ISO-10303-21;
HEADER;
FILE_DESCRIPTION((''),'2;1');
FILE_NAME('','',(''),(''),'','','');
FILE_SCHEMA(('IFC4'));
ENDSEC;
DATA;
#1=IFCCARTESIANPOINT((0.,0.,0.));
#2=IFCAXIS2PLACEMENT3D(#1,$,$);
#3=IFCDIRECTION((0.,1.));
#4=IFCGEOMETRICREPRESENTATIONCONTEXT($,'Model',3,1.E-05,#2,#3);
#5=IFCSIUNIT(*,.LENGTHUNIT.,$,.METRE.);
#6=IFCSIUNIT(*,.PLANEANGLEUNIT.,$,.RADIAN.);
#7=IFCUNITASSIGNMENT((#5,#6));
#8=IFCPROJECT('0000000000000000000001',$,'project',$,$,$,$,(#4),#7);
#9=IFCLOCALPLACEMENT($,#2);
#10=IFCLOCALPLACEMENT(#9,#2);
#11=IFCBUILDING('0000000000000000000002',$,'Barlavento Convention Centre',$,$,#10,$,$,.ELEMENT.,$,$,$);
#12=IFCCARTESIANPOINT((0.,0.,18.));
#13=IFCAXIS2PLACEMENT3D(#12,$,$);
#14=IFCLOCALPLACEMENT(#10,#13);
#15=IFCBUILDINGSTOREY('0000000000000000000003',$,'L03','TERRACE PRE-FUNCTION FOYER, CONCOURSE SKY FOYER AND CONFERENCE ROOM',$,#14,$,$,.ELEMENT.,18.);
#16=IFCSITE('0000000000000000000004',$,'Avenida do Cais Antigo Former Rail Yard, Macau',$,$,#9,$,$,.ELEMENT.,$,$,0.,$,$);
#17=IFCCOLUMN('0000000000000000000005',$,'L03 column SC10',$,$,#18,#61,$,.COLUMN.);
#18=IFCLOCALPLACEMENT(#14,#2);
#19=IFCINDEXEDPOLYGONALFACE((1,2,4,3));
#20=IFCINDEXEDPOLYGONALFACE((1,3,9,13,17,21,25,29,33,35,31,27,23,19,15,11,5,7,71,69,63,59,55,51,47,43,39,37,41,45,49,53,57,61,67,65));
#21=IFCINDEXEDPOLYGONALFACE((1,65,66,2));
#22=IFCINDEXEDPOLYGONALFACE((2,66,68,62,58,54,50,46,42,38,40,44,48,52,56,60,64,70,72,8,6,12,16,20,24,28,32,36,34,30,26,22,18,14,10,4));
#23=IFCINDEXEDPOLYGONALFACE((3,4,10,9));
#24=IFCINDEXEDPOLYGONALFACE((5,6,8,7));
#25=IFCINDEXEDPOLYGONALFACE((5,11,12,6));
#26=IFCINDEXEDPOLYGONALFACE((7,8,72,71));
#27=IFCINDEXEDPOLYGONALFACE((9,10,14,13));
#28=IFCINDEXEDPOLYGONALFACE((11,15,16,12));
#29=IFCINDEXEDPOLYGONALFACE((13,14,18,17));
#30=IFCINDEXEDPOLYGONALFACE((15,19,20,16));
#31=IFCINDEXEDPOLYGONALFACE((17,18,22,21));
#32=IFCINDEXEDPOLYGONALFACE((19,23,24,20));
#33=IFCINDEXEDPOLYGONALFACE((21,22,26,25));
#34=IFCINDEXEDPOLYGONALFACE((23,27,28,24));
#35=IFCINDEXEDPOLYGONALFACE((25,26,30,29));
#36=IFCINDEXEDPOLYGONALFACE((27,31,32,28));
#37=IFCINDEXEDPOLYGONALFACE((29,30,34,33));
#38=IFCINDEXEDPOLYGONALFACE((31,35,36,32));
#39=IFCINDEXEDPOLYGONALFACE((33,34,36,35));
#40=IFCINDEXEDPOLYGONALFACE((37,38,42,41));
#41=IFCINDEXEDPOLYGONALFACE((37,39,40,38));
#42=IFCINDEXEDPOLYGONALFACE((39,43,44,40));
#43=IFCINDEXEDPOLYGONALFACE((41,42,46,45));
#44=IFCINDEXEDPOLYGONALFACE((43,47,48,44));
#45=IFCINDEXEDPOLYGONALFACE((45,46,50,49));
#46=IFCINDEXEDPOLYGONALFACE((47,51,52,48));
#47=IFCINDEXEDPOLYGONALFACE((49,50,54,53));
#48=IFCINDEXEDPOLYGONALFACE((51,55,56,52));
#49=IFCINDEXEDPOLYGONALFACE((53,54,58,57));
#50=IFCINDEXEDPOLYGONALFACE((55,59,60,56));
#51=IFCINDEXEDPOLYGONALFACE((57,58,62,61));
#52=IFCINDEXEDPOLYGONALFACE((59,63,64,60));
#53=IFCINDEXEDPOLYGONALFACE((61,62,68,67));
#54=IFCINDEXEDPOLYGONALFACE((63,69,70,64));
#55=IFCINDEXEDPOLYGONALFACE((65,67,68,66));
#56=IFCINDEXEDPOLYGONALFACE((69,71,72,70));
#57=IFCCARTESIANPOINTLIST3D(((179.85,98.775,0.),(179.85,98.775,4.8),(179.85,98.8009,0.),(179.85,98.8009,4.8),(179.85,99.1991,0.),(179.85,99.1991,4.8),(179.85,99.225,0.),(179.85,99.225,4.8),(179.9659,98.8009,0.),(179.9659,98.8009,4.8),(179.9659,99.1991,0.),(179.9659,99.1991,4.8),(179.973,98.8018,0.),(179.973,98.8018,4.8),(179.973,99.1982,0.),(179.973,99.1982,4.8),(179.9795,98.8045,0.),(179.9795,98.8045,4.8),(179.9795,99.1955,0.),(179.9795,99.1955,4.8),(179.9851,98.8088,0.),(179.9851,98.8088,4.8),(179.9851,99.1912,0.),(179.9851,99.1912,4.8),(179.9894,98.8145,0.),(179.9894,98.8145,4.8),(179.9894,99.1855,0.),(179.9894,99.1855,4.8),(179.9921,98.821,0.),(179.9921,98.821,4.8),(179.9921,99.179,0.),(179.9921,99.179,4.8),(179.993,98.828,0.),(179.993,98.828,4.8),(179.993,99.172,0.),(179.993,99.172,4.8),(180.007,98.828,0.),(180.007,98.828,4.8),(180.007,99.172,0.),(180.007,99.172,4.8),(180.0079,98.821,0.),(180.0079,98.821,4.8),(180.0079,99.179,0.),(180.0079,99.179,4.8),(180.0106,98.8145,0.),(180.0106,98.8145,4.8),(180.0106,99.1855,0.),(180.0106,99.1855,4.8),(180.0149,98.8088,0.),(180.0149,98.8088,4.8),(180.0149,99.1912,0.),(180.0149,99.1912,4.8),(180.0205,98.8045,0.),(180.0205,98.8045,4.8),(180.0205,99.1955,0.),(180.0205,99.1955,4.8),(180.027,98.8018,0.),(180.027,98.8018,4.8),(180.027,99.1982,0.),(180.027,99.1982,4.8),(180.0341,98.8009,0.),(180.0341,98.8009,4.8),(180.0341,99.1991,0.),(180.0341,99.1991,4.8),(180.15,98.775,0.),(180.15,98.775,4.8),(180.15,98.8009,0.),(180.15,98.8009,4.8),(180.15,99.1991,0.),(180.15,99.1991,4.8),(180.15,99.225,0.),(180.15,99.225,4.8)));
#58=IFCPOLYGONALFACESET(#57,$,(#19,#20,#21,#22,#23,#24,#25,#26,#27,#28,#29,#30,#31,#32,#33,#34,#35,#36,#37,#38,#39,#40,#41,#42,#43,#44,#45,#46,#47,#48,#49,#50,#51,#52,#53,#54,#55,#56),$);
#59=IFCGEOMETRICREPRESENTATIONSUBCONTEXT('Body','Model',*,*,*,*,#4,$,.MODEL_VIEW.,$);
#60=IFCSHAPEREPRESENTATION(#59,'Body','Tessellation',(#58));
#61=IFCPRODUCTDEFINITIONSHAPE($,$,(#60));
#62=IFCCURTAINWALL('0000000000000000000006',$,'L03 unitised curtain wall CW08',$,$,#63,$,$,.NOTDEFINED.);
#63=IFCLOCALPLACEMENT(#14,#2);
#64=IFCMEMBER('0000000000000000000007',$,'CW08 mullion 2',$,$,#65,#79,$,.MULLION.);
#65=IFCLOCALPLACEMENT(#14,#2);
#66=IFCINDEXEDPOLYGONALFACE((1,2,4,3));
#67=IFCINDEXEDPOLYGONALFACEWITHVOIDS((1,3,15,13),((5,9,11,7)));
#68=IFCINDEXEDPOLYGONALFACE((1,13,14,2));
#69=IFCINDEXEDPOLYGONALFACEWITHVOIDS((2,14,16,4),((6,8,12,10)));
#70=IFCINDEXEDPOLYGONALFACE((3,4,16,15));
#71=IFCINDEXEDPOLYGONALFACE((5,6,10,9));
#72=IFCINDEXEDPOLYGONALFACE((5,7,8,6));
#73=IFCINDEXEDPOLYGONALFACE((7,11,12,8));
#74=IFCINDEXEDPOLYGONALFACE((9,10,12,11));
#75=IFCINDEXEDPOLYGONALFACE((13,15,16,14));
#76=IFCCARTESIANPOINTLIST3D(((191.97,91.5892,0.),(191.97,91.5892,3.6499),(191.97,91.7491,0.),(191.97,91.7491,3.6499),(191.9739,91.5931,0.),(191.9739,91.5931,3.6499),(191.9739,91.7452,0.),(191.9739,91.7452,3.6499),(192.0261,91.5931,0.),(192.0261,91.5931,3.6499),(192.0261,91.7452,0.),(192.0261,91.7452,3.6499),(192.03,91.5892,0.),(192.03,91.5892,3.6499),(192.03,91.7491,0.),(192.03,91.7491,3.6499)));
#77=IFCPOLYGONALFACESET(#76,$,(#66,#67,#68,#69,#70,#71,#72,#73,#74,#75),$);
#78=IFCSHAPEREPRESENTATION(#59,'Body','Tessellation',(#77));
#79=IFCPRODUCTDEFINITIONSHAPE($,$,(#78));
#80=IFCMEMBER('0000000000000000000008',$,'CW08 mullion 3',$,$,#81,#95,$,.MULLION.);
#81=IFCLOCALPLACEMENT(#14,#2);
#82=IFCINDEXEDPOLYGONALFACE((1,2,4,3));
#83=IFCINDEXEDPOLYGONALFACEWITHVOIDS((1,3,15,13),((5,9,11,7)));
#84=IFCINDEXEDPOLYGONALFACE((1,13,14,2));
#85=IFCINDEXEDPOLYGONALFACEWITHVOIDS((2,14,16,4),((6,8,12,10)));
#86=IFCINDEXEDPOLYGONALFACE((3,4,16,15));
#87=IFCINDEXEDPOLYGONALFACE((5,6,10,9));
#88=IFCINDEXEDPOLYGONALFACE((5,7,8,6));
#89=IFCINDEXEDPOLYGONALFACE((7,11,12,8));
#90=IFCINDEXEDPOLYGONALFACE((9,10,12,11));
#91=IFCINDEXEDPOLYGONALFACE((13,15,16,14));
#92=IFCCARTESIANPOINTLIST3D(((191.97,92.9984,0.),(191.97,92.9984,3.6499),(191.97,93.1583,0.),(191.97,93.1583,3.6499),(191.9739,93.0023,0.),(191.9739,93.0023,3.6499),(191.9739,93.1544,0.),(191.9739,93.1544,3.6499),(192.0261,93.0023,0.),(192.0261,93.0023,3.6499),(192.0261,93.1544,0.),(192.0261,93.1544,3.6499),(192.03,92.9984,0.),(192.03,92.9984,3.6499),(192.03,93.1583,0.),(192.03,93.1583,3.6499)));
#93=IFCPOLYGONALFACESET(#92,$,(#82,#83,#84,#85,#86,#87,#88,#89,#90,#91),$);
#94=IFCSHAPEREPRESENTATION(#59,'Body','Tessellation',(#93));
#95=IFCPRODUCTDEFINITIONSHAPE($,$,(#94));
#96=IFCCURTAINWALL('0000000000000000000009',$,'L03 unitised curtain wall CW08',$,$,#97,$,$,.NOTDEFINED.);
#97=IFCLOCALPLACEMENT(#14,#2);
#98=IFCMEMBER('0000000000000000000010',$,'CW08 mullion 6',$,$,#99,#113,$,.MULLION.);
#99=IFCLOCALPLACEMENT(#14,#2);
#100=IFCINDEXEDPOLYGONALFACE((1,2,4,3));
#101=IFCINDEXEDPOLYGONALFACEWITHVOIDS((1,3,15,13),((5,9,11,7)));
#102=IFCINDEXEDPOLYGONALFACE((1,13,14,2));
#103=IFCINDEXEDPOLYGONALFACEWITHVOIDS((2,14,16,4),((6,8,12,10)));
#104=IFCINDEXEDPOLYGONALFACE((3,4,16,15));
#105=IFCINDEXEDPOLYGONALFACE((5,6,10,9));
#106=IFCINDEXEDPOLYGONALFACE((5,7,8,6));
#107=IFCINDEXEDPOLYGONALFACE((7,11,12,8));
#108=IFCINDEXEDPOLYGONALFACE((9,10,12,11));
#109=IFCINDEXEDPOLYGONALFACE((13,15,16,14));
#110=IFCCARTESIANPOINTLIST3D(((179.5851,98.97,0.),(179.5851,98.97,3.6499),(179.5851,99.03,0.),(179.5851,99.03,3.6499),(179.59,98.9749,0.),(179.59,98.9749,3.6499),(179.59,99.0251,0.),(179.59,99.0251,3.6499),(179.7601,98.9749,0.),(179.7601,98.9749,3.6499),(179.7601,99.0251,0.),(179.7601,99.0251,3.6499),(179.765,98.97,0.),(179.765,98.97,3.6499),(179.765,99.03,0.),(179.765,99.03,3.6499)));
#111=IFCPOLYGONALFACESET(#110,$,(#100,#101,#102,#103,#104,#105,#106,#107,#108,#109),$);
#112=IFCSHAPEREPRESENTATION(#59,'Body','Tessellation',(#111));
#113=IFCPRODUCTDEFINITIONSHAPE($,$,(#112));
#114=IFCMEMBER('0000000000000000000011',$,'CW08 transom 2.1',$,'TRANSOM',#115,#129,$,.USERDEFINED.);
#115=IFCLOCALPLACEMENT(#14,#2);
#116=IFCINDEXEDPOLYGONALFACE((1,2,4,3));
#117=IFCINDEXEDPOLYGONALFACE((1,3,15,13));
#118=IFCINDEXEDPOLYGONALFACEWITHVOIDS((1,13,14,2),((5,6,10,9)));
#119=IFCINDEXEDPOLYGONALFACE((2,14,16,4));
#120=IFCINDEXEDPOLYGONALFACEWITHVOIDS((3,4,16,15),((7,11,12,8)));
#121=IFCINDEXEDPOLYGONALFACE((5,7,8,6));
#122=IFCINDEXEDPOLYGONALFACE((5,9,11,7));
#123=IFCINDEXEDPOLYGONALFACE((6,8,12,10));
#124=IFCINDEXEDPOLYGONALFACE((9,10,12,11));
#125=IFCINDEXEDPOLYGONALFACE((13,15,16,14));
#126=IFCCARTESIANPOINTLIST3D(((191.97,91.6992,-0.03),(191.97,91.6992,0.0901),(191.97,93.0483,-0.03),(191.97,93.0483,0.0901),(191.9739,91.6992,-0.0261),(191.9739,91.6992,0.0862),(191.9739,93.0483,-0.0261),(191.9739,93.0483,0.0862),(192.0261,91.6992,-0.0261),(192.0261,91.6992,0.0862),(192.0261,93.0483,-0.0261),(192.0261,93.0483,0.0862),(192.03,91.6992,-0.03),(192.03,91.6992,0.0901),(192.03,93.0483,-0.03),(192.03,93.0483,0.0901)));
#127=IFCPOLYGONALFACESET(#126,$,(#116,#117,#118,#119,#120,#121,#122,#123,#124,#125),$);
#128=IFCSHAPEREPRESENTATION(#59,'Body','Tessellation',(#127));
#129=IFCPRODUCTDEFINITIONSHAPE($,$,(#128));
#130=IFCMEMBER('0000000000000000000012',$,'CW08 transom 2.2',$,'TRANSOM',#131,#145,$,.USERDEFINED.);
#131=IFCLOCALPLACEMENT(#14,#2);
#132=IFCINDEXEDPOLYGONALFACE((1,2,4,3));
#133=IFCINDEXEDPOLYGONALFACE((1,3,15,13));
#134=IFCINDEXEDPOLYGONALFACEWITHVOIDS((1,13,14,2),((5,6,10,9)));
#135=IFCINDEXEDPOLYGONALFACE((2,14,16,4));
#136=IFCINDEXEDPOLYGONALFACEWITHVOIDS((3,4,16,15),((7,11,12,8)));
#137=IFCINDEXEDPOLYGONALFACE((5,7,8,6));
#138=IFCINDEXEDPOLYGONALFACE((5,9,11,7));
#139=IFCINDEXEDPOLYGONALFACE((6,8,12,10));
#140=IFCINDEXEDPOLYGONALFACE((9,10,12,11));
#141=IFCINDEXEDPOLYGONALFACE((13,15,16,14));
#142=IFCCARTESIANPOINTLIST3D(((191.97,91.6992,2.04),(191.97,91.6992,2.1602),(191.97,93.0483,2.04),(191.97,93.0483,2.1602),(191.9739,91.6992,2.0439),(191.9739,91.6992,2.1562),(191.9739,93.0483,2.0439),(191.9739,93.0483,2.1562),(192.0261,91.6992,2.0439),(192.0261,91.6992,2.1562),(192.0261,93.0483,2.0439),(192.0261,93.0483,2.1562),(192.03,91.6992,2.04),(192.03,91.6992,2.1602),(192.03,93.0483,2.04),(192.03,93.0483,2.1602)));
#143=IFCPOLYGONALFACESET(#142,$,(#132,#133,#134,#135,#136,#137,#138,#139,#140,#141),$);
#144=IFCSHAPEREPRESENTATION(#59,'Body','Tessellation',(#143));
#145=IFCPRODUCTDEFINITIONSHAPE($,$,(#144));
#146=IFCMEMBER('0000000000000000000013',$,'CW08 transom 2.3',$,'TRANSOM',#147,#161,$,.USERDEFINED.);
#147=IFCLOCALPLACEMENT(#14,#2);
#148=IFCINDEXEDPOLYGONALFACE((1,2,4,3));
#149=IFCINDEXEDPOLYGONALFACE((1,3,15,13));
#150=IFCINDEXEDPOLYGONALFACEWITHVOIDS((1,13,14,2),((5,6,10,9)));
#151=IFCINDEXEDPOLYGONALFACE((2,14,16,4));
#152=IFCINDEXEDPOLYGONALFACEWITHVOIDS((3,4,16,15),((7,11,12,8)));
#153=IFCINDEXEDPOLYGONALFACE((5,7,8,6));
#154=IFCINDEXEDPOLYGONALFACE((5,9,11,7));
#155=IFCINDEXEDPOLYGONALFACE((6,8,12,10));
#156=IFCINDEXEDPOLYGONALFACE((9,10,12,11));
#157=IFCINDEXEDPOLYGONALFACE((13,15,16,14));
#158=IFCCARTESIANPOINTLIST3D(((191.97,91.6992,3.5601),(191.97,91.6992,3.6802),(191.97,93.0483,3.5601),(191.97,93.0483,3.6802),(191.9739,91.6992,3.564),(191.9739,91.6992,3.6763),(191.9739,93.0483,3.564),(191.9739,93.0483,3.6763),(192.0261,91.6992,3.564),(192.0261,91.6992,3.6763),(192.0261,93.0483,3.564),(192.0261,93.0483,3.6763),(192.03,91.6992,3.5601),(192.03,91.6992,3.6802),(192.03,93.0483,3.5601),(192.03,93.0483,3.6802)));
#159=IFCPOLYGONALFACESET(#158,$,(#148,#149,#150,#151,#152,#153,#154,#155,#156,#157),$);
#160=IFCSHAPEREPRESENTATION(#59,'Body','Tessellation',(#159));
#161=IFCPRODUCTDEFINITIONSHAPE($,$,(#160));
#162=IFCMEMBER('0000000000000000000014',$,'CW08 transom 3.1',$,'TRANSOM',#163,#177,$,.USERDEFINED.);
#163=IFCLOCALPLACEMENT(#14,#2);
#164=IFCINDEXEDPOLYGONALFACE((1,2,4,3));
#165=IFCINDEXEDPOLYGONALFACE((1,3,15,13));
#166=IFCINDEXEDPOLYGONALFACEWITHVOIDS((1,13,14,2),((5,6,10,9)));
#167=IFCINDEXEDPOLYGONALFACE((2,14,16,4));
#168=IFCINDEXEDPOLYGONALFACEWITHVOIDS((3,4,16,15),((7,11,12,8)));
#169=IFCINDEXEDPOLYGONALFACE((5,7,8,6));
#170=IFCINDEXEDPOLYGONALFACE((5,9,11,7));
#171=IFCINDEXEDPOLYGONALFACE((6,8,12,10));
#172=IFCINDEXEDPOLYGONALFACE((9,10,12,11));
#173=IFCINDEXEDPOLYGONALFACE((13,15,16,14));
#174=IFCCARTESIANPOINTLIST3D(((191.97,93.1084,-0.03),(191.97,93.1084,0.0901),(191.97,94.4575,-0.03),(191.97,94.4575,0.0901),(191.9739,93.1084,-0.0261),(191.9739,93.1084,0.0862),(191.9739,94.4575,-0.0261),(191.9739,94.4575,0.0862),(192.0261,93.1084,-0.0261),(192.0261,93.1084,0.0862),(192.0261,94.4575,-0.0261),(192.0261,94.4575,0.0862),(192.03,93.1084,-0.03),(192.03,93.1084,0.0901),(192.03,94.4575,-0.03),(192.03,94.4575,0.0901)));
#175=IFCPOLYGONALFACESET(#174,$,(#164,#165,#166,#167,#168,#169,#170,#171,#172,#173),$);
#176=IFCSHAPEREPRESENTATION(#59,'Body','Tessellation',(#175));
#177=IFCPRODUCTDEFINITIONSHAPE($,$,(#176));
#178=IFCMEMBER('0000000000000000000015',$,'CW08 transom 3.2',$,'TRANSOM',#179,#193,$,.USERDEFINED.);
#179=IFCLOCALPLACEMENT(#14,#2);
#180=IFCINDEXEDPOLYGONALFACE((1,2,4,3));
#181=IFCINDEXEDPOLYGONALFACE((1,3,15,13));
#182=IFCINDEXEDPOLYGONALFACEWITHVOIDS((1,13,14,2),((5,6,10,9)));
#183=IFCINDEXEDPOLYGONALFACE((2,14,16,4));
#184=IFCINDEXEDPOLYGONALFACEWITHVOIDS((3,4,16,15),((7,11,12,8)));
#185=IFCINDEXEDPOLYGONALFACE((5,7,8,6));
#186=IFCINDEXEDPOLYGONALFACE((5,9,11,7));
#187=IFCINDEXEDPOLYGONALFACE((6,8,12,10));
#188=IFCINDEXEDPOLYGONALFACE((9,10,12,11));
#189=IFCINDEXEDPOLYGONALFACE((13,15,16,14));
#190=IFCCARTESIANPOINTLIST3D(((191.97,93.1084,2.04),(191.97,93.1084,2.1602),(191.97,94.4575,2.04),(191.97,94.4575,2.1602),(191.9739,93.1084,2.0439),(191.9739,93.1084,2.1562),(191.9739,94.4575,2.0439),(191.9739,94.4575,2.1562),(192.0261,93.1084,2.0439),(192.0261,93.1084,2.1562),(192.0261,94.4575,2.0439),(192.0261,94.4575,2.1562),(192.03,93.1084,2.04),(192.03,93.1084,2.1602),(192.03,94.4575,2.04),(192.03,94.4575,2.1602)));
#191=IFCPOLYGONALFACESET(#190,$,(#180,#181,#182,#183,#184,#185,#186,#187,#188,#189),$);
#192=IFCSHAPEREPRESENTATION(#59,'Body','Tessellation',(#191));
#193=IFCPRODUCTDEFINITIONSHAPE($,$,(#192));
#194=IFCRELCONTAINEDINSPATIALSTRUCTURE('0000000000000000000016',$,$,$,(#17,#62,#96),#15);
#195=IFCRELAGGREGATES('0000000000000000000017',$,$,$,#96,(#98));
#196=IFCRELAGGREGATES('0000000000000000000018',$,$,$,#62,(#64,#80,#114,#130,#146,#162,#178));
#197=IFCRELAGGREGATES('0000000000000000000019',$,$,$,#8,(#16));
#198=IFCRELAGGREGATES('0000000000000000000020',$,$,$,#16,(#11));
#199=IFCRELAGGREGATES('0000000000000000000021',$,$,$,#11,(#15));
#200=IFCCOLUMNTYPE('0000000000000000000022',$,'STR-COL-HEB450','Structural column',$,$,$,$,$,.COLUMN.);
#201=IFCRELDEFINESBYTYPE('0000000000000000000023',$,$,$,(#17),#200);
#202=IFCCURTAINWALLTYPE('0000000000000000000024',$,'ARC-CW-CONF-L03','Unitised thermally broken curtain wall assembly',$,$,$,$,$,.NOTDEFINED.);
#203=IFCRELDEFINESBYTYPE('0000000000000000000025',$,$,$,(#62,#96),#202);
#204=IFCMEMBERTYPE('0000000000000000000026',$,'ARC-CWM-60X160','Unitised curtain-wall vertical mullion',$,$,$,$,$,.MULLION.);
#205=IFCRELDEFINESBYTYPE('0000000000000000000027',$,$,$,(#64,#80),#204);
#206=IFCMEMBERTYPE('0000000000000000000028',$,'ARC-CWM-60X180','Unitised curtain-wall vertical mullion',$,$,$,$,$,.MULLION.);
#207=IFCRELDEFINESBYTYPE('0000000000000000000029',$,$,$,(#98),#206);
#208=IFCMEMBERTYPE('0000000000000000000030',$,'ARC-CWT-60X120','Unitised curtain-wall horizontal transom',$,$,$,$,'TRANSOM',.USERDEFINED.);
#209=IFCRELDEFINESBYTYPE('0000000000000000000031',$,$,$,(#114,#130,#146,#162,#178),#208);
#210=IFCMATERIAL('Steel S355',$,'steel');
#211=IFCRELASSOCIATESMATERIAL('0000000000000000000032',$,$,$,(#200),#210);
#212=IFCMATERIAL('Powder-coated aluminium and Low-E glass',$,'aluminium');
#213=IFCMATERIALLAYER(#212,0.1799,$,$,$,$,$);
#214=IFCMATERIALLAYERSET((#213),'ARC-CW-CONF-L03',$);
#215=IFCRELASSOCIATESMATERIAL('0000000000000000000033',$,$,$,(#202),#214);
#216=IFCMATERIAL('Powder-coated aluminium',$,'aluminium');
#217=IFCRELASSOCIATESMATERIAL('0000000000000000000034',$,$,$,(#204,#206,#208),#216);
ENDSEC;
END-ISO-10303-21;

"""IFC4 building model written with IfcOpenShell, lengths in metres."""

from ifc_helpers import new_model, si_unit, direction, frame, origin, origin_2d, place, context, subcontext, project, spatial, hollow_rectangle, i_section, extrude, material, layer, layer_set, material_profile, profile_set, type_object, element, aggregate, save


model = new_model("IFC4")

# Units and contexts
model_context = context("Model", 3, precision=1e-05, world=origin(), true_north=direction((0.0, 1.0)))
body_context = subcontext(model_context, "Body", "Model", "MODEL_VIEW")
ifc_project = project(units=[si_unit("LENGTHUNIT", "METRE"), si_unit("PLANEANGLEUNIT", "RADIAN")], contexts=[model_context])

# Site, building, storey
site_placement = place(None, origin())
site = spatial("IfcSite", under=ifc_project, at=site_placement, Name="Avenida do Cais Antigo Former Rail Yard, Macau", CompositionType="ELEMENT", RefElevation=0.0)
building_placement = place(site_placement, origin())
building = spatial("IfcBuilding", under=site, at=building_placement, Name="Barlavento Convention Centre", CompositionType="ELEMENT")
storey_placement = place(building_placement, frame((0.0, 0.0, 18.0)))
storey = spatial("IfcBuildingStorey", under=building, at=storey_placement, Name="L03", Description="TERRACE PRE-FUNCTION FOYER, CONCOURSE SKY FOYER AND CONFERENCE ROOM", CompositionType="ELEMENT", Elevation=18.0)

# Column
ifc_material_1 = material(Name="Steel S355", Category="steel")
ifc_material_profile_1 = material_profile(ifc_material_1, i_section(OverallWidth=0.3, OverallDepth=0.45, WebThickness=0.0139, FlangeThickness=0.0259, FilletRadius=0.0271, at=origin_2d()), Name="HEB 450")
ifc_profile_set_1 = profile_set([ifc_material_profile_1], Name="Steel S355")
column_type = type_object("IfcColumnType", Name="STR-COL-HEB450", Description="Structural column", PredefinedType="COLUMN", material=ifc_profile_set_1)
column_placement = place(storey_placement, frame((180.0, 99.0, 0.0), z_axis=(0.0, 0.0, 1.0), x_axis=(1.0, 0.0, 0.0)))
element("IfcColumn", 1, at=column_placement, inside=storey, type_object=column_type, Name="L03 column SC10", PredefinedType="COLUMN", context=body_context, shape_type="SweptSolid", body=[
    extrude(i_section(OverallWidth=0.3, OverallDepth=0.45, WebThickness=0.0139, FlangeThickness=0.0259, FilletRadius=0.0271, at=origin_2d()), origin(), (0.0, 0.0, 1.0), 4.8),
])

# Curtain wall, members
ifc_material_2 = material(Name="Powder-coated aluminium and Low-E glass", Category="aluminium")
ifc_layer_1 = layer(ifc_material_2, 0.1799)
ifc_layer_set_1 = layer_set([ifc_layer_1], Name="ARC-CW-CONF-L03")
curtain_wall_type = type_object("IfcCurtainWallType", Name="ARC-CW-CONF-L03", Description="Unitised thermally broken curtain wall assembly", PredefinedType="NOTDEFINED", material=ifc_layer_set_1)
curtain_wall_1_placement = place(storey_placement, origin())
curtain_wall_1 = element("IfcCurtainWall", 2, at=curtain_wall_1_placement, inside=storey, type_object=curtain_wall_type, Name="L03 unitised curtain wall CW08", PredefinedType="NOTDEFINED")
ifc_material_3 = material(Name="Powder-coated aluminium", Category="aluminium")
ifc_material_profile_2 = material_profile(ifc_material_3, hollow_rectangle(XDim=0.0601, YDim=0.1599, WallThickness=0.0039, at=origin_2d()), Name="AL-MULL 60x160x4")
ifc_profile_set_2 = profile_set([ifc_material_profile_2], Name="Powder-coated aluminium")
member_type_1 = type_object("IfcMemberType", Name="ARC-CWM-60X160", Description="Unitised curtain-wall vertical mullion", PredefinedType="MULLION", material=ifc_profile_set_2)
member_1_placement = place(storey_placement, frame((192.0, 91.6692, 0.0), z_axis=(0.0, 0.0, 1.0), x_axis=(-1.0, 0.0, 0.0)))
member_1 = element("IfcMember", 3, at=member_1_placement, type_object=member_type_1, Name="CW08 mullion 2", PredefinedType="MULLION", context=body_context, shape_type="SweptSolid", body=[
    extrude(hollow_rectangle(XDim=0.0601, YDim=0.1599, WallThickness=0.0039, at=origin_2d()), origin(), (0.0, 0.0, 1.0), 3.6499),
])
member_2_placement = place(storey_placement, frame((192.0, 93.0784, 0.0), z_axis=(0.0, 0.0, 1.0), x_axis=(-1.0, 0.0, 0.0)))
member_2 = element("IfcMember", 4, at=member_2_placement, type_object=member_type_1, Name="CW08 mullion 3", PredefinedType="MULLION", context=body_context, shape_type="SweptSolid", body=[
    extrude(hollow_rectangle(XDim=0.0601, YDim=0.1599, WallThickness=0.0039, at=origin_2d()), origin(), (0.0, 0.0, 1.0), 3.6499),
])

# Curtain wall, member
curtain_wall_2_placement = place(storey_placement, origin())
curtain_wall_2 = element("IfcCurtainWall", 5, at=curtain_wall_2_placement, inside=storey, type_object=curtain_wall_type, Name="L03 unitised curtain wall CW08", PredefinedType="NOTDEFINED")
ifc_material_profile_3 = material_profile(ifc_material_3, hollow_rectangle(XDim=0.0601, YDim=0.1799, WallThickness=0.0049, at=origin_2d()), Name="AL-MULL 60x180x5")
ifc_profile_set_3 = profile_set([ifc_material_profile_3], Name="Powder-coated aluminium")
member_type_2 = type_object("IfcMemberType", Name="ARC-CWM-60X180", Description="Unitised curtain-wall vertical mullion", PredefinedType="MULLION", material=ifc_profile_set_3)
member_3_placement = place(storey_placement, frame((179.675, 99.0, 0.0), z_axis=(0.0, 0.0, 1.0), x_axis=(0.0, 1.0, 0.0)))
member_3 = element("IfcMember", 6, at=member_3_placement, type_object=member_type_2, Name="CW08 mullion 6", PredefinedType="MULLION", context=body_context, shape_type="SweptSolid", body=[
    extrude(hollow_rectangle(XDim=0.0601, YDim=0.1799, WallThickness=0.0049, at=origin_2d()), origin(), (0.0, 0.0, 1.0), 3.6499),
])
aggregate(curtain_wall_2, [member_3])

# Members
ifc_material_profile_4 = material_profile(ifc_material_3, hollow_rectangle(XDim=0.0601, YDim=0.1201, WallThickness=0.0039, at=origin_2d()), Name="AL-TRAN 60x120x4")
ifc_profile_set_4 = profile_set([ifc_material_profile_4], Name="Powder-coated aluminium")
member_type_3 = type_object("IfcMemberType", Name="ARC-CWT-60X120", Description="Unitised curtain-wall horizontal transom", ElementType="TRANSOM", PredefinedType="USERDEFINED", material=ifc_profile_set_4)
member_4_placement = place(storey_placement, frame((192.0, 91.6992, 0.03), z_axis=(0.0, 1.0, 0.0), x_axis=(-1.0, 0.0, 0.0)))
member_4 = element("IfcMember", 7, at=member_4_placement, type_object=member_type_3, Name="CW08 transom 2.1", ObjectType="TRANSOM", PredefinedType="USERDEFINED", context=body_context, shape_type="SweptSolid", body=[
    extrude(hollow_rectangle(XDim=0.0601, YDim=0.1201, WallThickness=0.0039, at=origin_2d()), origin(), (0.0, 0.0, 1.0), 1.3491),
])
member_5_placement = place(storey_placement, frame((192.0, 91.6992, 2.1001), z_axis=(0.0, 1.0, 0.0), x_axis=(-1.0, 0.0, 0.0)))
member_5 = element("IfcMember", 8, at=member_5_placement, type_object=member_type_3, Name="CW08 transom 2.2", ObjectType="TRANSOM", PredefinedType="USERDEFINED", context=body_context, shape_type="SweptSolid", body=[
    extrude(hollow_rectangle(XDim=0.0601, YDim=0.1201, WallThickness=0.0039, at=origin_2d()), origin(), (0.0, 0.0, 1.0), 1.3491),
])
member_6_placement = place(storey_placement, frame((192.0, 91.6992, 3.6201), z_axis=(0.0, 1.0, 0.0), x_axis=(-1.0, 0.0, 0.0)))
member_6 = element("IfcMember", 9, at=member_6_placement, type_object=member_type_3, Name="CW08 transom 2.3", ObjectType="TRANSOM", PredefinedType="USERDEFINED", context=body_context, shape_type="SweptSolid", body=[
    extrude(hollow_rectangle(XDim=0.0601, YDim=0.1201, WallThickness=0.0039, at=origin_2d()), origin(), (0.0, 0.0, 1.0), 1.3491),
])
member_7_placement = place(storey_placement, frame((192.0, 93.1084, 0.03), z_axis=(0.0, 1.0, 0.0), x_axis=(-1.0, 0.0, 0.0)))
member_7 = element("IfcMember", 10, at=member_7_placement, type_object=member_type_3, Name="CW08 transom 3.1", ObjectType="TRANSOM", PredefinedType="USERDEFINED", context=body_context, shape_type="SweptSolid", body=[
    extrude(hollow_rectangle(XDim=0.0601, YDim=0.1201, WallThickness=0.0039, at=origin_2d()), origin(), (0.0, 0.0, 1.0), 1.3491),
])
member_8_placement = place(storey_placement, frame((192.0, 93.1084, 2.1001), z_axis=(0.0, 1.0, 0.0), x_axis=(-1.0, 0.0, 0.0)))
member_8 = element("IfcMember", 11, at=member_8_placement, type_object=member_type_3, Name="CW08 transom 3.2", ObjectType="TRANSOM", PredefinedType="USERDEFINED", context=body_context, shape_type="SweptSolid", body=[
    extrude(hollow_rectangle(XDim=0.0601, YDim=0.1201, WallThickness=0.0039, at=origin_2d()), origin(), (0.0, 0.0, 1.0), 1.3491),
])

aggregate(curtain_wall_1, [member_1, member_2, member_4, member_5, member_6, member_7, member_8])

save(model, "model.ifc")
